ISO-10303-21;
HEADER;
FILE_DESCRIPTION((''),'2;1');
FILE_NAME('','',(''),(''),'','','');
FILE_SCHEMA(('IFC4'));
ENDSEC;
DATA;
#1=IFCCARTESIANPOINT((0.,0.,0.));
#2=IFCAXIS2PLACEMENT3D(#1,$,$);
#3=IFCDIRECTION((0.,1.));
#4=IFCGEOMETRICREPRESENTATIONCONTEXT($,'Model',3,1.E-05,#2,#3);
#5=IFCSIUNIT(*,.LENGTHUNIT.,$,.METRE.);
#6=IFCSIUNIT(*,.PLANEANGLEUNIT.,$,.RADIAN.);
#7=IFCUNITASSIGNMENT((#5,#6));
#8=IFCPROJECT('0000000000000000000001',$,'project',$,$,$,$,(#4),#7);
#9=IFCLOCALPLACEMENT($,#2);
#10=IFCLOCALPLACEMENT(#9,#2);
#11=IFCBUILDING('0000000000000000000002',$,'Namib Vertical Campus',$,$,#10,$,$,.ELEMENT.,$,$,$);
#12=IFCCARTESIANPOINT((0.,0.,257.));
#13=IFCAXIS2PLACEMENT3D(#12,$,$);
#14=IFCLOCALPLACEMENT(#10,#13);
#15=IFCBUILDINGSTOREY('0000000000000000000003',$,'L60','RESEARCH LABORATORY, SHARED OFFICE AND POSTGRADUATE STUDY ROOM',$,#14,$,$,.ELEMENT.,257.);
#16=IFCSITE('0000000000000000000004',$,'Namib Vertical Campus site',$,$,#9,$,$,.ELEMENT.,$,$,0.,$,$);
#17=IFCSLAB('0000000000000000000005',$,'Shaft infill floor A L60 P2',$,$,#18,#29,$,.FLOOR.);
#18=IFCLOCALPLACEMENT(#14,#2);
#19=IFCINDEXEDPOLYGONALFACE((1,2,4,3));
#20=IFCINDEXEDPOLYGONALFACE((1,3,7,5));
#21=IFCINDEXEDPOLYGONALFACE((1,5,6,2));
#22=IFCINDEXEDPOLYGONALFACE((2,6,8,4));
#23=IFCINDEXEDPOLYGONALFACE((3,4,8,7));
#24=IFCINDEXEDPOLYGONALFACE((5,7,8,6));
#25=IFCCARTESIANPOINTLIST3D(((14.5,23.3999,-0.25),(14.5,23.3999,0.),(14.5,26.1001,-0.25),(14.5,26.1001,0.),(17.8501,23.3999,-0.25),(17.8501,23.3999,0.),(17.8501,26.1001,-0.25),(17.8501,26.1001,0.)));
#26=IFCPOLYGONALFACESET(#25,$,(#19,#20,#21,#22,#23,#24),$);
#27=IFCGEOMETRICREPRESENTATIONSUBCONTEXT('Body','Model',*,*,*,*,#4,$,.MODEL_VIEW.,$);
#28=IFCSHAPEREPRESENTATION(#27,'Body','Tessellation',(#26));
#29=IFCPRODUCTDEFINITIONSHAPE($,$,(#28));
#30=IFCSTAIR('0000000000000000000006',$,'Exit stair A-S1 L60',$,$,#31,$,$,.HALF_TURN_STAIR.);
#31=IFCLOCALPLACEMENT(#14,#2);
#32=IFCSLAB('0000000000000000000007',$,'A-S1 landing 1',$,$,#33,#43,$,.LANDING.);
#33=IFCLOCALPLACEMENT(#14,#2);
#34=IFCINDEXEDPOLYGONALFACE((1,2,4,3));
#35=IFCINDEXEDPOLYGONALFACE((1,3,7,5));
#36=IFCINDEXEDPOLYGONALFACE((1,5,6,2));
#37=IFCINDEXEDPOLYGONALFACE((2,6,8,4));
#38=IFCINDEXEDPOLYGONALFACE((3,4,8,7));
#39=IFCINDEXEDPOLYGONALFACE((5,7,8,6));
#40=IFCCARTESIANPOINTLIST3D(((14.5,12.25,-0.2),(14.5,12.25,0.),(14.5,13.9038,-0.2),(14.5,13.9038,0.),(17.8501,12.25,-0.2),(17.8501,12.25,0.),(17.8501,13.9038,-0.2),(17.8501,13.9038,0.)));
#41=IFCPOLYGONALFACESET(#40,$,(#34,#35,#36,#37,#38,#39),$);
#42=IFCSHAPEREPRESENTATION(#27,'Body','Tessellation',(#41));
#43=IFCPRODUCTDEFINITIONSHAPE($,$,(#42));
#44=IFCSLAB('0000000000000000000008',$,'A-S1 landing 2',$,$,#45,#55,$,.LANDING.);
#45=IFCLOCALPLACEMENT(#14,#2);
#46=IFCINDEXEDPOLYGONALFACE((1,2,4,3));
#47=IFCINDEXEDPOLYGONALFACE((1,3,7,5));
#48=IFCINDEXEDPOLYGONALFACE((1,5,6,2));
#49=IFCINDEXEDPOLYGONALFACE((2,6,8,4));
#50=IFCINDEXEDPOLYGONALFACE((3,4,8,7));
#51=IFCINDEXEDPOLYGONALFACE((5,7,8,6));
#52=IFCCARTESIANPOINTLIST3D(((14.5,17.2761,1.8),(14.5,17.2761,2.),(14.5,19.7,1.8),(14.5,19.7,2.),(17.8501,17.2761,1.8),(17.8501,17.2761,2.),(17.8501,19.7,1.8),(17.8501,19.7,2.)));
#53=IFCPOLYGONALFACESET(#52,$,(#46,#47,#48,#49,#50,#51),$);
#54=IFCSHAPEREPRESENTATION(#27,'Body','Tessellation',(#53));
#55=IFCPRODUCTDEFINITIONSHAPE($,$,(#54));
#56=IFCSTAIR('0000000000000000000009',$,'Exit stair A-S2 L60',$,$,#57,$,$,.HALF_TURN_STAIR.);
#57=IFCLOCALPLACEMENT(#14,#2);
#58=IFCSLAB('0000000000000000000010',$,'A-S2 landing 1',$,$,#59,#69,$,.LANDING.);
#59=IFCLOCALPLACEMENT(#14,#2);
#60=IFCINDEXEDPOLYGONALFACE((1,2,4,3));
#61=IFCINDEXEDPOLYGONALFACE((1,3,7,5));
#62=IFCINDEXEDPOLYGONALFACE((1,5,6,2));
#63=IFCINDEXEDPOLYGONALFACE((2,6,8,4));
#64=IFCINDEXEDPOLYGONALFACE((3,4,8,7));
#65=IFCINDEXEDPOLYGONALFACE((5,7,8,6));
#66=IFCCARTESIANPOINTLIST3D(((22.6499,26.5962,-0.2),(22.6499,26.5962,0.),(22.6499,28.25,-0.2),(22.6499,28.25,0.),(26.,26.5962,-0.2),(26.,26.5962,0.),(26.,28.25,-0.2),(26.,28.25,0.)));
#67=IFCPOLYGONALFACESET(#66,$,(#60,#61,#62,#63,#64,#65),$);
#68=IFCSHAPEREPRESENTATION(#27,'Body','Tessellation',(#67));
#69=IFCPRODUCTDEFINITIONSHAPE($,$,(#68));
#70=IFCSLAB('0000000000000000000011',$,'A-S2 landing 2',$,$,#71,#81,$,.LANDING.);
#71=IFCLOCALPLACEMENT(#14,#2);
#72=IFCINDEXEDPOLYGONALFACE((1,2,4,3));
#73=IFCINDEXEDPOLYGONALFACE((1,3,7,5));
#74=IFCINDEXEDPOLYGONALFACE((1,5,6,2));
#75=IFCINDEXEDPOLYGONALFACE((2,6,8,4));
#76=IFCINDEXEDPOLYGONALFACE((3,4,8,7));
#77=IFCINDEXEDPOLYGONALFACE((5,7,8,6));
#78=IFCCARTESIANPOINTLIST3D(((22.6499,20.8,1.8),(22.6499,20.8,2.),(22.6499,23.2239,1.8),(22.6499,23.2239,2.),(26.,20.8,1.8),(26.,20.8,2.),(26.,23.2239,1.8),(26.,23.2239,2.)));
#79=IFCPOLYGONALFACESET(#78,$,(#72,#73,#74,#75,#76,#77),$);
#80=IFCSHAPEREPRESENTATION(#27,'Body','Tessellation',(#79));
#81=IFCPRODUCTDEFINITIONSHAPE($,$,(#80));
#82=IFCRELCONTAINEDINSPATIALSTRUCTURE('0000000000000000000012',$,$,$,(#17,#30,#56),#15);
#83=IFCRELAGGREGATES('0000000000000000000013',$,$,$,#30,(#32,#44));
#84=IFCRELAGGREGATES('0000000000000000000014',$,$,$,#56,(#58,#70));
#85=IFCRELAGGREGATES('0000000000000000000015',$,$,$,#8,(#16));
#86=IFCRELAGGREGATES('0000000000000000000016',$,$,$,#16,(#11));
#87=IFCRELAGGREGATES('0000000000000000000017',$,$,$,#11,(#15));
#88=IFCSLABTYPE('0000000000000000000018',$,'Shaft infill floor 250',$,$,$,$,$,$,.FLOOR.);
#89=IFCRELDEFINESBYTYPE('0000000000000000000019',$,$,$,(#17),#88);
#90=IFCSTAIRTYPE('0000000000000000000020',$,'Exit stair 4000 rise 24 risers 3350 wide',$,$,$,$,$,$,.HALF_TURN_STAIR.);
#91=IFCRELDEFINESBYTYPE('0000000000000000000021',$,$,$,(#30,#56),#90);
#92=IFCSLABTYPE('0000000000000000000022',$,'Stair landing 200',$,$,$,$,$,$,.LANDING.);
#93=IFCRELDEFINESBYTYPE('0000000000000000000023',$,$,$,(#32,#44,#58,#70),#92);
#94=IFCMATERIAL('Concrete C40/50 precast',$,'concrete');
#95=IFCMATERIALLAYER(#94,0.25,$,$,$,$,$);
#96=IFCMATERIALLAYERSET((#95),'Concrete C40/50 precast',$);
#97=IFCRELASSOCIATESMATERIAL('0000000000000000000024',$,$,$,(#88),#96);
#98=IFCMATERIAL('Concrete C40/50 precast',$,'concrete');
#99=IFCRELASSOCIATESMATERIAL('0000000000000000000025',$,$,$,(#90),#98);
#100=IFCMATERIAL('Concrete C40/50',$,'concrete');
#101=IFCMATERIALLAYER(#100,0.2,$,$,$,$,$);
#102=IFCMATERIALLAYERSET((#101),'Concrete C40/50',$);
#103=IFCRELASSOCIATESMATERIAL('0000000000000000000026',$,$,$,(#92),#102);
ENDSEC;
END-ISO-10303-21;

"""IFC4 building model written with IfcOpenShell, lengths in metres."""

from ifc_helpers import new_model, si_unit, direction, frame, origin, place, context, subcontext, project, spatial, polyline, outline, extrude, material, layer, layer_set, type_object, element, aggregate, save


model = new_model("IFC4")

# Units and contexts
model_context = context("Model", 3, precision=1e-05, world=origin(), true_north=direction((0.0, 1.0)))
body_context = subcontext(model_context, "Body", "Model", "MODEL_VIEW")
ifc_project = project(units=[si_unit("LENGTHUNIT", "METRE"), si_unit("PLANEANGLEUNIT", "RADIAN")], contexts=[model_context])

# Site, building, storey
site_placement = place(None, origin())
site = spatial("IfcSite", under=ifc_project, at=site_placement, Name="Namib Vertical Campus site", CompositionType="ELEMENT", RefElevation=0.0)
building_placement = place(site_placement, origin())
building = spatial("IfcBuilding", under=site, at=building_placement, Name="Namib Vertical Campus", CompositionType="ELEMENT")
storey_placement = place(building_placement, frame((0.0, 0.0, 257.0)))
storey = spatial("IfcBuildingStorey", under=building, at=storey_placement, Name="L60", Description="RESEARCH LABORATORY, SHARED OFFICE AND POSTGRADUATE STUDY ROOM", CompositionType="ELEMENT", Elevation=257.0)

# Slab
ifc_material_1 = material(Name="Concrete C40/50 precast", Category="concrete")
ifc_layer_1 = layer(ifc_material_1, 0.25)
ifc_layer_set_1 = layer_set([ifc_layer_1], Name="Concrete C40/50 precast")
slab_type_1 = type_object("IfcSlabType", Name="Shaft infill floor 250", PredefinedType="FLOOR", material=ifc_layer_set_1)
slab_1_placement = place(storey_placement, frame((0.0, 0.0, -0.25)))
element("IfcSlab", 1, at=slab_1_placement, inside=storey, type_object=slab_type_1, Name="Shaft infill floor A L60 P2", PredefinedType="FLOOR", context=body_context, shape_type="SweptSolid", body=[
    extrude(outline(polyline([(14.5, 23.3999), (17.8501, 23.3999), (17.8501, 26.1001), (14.5, 26.1001), (14.5, 23.3999)])), origin(), (0.0, 0.0, 1.0), 0.25),
])

# Stairs, slabs
ifc_material_2 = material(Name="Concrete C40/50 precast", Category="concrete")
stair_type = type_object("IfcStairType", Name="Exit stair 4000 rise 24 risers 3350 wide", PredefinedType="HALF_TURN_STAIR", material=ifc_material_2)
stair_1_placement = place(storey_placement, origin())
stair_1 = element("IfcStair", 2, at=stair_1_placement, inside=storey, type_object=stair_type, Name="Exit stair A-S1 L60", PredefinedType="HALF_TURN_STAIR")
ifc_material_3 = material(Name="Concrete C40/50", Category="concrete")
ifc_layer_2 = layer(ifc_material_3, 0.2)
ifc_layer_set_2 = layer_set([ifc_layer_2], Name="Concrete C40/50")
slab_type_2 = type_object("IfcSlabType", Name="Stair landing 200", PredefinedType="LANDING", material=ifc_layer_set_2)
slab_2_placement = place(storey_placement, frame((0.0, 0.0, -0.2)))
slab_2 = element("IfcSlab", 3, at=slab_2_placement, type_object=slab_type_2, Name="A-S1 landing 1", PredefinedType="LANDING", context=body_context, shape_type="SweptSolid", body=[
    extrude(outline(polyline([(14.5, 12.25), (17.8501, 12.25), (17.8501, 13.9038), (14.5, 13.9038), (14.5, 12.25)])), origin(), (0.0, 0.0, 1.0), 0.2),
])
slab_3_placement = place(storey_placement, frame((0.0, 0.0, 1.8)))
slab_3 = element("IfcSlab", 4, at=slab_3_placement, type_object=slab_type_2, Name="A-S1 landing 2", PredefinedType="LANDING", context=body_context, shape_type="SweptSolid", body=[
    extrude(outline(polyline([(14.5, 17.2761), (17.8501, 17.2761), (17.8501, 19.7), (14.5, 19.7), (14.5, 17.2761)])), origin(), (0.0, 0.0, 1.0), 0.2),
])
aggregate(stair_1, [slab_2, slab_3])
stair_2_placement = place(storey_placement, origin())
stair_2 = element("IfcStair", 5, at=stair_2_placement, inside=storey, type_object=stair_type, Name="Exit stair A-S2 L60", PredefinedType="HALF_TURN_STAIR")
slab_4_placement = place(storey_placement, frame((0.0, 0.0, -0.2)))
slab_4 = element("IfcSlab", 6, at=slab_4_placement, type_object=slab_type_2, Name="A-S2 landing 1", PredefinedType="LANDING", context=body_context, shape_type="SweptSolid", body=[
    extrude(outline(polyline([(22.6499, 26.5962), (26.0, 26.5962), (26.0, 28.25), (22.6499, 28.25), (22.6499, 26.5962)])), origin(), (0.0, 0.0, 1.0), 0.2),
])
slab_5_placement = place(storey_placement, frame((0.0, 0.0, 1.8)))
slab_5 = element("IfcSlab", 7, at=slab_5_placement, type_object=slab_type_2, Name="A-S2 landing 2", PredefinedType="LANDING", context=body_context, shape_type="SweptSolid", body=[
    extrude(outline(polyline([(22.6499, 20.8), (26.0, 20.8), (26.0, 23.2239), (22.6499, 23.2239), (22.6499, 20.8)])), origin(), (0.0, 0.0, 1.0), 0.2),
])
aggregate(stair_2, [slab_4, slab_5])

save(model, "model.ifc")
